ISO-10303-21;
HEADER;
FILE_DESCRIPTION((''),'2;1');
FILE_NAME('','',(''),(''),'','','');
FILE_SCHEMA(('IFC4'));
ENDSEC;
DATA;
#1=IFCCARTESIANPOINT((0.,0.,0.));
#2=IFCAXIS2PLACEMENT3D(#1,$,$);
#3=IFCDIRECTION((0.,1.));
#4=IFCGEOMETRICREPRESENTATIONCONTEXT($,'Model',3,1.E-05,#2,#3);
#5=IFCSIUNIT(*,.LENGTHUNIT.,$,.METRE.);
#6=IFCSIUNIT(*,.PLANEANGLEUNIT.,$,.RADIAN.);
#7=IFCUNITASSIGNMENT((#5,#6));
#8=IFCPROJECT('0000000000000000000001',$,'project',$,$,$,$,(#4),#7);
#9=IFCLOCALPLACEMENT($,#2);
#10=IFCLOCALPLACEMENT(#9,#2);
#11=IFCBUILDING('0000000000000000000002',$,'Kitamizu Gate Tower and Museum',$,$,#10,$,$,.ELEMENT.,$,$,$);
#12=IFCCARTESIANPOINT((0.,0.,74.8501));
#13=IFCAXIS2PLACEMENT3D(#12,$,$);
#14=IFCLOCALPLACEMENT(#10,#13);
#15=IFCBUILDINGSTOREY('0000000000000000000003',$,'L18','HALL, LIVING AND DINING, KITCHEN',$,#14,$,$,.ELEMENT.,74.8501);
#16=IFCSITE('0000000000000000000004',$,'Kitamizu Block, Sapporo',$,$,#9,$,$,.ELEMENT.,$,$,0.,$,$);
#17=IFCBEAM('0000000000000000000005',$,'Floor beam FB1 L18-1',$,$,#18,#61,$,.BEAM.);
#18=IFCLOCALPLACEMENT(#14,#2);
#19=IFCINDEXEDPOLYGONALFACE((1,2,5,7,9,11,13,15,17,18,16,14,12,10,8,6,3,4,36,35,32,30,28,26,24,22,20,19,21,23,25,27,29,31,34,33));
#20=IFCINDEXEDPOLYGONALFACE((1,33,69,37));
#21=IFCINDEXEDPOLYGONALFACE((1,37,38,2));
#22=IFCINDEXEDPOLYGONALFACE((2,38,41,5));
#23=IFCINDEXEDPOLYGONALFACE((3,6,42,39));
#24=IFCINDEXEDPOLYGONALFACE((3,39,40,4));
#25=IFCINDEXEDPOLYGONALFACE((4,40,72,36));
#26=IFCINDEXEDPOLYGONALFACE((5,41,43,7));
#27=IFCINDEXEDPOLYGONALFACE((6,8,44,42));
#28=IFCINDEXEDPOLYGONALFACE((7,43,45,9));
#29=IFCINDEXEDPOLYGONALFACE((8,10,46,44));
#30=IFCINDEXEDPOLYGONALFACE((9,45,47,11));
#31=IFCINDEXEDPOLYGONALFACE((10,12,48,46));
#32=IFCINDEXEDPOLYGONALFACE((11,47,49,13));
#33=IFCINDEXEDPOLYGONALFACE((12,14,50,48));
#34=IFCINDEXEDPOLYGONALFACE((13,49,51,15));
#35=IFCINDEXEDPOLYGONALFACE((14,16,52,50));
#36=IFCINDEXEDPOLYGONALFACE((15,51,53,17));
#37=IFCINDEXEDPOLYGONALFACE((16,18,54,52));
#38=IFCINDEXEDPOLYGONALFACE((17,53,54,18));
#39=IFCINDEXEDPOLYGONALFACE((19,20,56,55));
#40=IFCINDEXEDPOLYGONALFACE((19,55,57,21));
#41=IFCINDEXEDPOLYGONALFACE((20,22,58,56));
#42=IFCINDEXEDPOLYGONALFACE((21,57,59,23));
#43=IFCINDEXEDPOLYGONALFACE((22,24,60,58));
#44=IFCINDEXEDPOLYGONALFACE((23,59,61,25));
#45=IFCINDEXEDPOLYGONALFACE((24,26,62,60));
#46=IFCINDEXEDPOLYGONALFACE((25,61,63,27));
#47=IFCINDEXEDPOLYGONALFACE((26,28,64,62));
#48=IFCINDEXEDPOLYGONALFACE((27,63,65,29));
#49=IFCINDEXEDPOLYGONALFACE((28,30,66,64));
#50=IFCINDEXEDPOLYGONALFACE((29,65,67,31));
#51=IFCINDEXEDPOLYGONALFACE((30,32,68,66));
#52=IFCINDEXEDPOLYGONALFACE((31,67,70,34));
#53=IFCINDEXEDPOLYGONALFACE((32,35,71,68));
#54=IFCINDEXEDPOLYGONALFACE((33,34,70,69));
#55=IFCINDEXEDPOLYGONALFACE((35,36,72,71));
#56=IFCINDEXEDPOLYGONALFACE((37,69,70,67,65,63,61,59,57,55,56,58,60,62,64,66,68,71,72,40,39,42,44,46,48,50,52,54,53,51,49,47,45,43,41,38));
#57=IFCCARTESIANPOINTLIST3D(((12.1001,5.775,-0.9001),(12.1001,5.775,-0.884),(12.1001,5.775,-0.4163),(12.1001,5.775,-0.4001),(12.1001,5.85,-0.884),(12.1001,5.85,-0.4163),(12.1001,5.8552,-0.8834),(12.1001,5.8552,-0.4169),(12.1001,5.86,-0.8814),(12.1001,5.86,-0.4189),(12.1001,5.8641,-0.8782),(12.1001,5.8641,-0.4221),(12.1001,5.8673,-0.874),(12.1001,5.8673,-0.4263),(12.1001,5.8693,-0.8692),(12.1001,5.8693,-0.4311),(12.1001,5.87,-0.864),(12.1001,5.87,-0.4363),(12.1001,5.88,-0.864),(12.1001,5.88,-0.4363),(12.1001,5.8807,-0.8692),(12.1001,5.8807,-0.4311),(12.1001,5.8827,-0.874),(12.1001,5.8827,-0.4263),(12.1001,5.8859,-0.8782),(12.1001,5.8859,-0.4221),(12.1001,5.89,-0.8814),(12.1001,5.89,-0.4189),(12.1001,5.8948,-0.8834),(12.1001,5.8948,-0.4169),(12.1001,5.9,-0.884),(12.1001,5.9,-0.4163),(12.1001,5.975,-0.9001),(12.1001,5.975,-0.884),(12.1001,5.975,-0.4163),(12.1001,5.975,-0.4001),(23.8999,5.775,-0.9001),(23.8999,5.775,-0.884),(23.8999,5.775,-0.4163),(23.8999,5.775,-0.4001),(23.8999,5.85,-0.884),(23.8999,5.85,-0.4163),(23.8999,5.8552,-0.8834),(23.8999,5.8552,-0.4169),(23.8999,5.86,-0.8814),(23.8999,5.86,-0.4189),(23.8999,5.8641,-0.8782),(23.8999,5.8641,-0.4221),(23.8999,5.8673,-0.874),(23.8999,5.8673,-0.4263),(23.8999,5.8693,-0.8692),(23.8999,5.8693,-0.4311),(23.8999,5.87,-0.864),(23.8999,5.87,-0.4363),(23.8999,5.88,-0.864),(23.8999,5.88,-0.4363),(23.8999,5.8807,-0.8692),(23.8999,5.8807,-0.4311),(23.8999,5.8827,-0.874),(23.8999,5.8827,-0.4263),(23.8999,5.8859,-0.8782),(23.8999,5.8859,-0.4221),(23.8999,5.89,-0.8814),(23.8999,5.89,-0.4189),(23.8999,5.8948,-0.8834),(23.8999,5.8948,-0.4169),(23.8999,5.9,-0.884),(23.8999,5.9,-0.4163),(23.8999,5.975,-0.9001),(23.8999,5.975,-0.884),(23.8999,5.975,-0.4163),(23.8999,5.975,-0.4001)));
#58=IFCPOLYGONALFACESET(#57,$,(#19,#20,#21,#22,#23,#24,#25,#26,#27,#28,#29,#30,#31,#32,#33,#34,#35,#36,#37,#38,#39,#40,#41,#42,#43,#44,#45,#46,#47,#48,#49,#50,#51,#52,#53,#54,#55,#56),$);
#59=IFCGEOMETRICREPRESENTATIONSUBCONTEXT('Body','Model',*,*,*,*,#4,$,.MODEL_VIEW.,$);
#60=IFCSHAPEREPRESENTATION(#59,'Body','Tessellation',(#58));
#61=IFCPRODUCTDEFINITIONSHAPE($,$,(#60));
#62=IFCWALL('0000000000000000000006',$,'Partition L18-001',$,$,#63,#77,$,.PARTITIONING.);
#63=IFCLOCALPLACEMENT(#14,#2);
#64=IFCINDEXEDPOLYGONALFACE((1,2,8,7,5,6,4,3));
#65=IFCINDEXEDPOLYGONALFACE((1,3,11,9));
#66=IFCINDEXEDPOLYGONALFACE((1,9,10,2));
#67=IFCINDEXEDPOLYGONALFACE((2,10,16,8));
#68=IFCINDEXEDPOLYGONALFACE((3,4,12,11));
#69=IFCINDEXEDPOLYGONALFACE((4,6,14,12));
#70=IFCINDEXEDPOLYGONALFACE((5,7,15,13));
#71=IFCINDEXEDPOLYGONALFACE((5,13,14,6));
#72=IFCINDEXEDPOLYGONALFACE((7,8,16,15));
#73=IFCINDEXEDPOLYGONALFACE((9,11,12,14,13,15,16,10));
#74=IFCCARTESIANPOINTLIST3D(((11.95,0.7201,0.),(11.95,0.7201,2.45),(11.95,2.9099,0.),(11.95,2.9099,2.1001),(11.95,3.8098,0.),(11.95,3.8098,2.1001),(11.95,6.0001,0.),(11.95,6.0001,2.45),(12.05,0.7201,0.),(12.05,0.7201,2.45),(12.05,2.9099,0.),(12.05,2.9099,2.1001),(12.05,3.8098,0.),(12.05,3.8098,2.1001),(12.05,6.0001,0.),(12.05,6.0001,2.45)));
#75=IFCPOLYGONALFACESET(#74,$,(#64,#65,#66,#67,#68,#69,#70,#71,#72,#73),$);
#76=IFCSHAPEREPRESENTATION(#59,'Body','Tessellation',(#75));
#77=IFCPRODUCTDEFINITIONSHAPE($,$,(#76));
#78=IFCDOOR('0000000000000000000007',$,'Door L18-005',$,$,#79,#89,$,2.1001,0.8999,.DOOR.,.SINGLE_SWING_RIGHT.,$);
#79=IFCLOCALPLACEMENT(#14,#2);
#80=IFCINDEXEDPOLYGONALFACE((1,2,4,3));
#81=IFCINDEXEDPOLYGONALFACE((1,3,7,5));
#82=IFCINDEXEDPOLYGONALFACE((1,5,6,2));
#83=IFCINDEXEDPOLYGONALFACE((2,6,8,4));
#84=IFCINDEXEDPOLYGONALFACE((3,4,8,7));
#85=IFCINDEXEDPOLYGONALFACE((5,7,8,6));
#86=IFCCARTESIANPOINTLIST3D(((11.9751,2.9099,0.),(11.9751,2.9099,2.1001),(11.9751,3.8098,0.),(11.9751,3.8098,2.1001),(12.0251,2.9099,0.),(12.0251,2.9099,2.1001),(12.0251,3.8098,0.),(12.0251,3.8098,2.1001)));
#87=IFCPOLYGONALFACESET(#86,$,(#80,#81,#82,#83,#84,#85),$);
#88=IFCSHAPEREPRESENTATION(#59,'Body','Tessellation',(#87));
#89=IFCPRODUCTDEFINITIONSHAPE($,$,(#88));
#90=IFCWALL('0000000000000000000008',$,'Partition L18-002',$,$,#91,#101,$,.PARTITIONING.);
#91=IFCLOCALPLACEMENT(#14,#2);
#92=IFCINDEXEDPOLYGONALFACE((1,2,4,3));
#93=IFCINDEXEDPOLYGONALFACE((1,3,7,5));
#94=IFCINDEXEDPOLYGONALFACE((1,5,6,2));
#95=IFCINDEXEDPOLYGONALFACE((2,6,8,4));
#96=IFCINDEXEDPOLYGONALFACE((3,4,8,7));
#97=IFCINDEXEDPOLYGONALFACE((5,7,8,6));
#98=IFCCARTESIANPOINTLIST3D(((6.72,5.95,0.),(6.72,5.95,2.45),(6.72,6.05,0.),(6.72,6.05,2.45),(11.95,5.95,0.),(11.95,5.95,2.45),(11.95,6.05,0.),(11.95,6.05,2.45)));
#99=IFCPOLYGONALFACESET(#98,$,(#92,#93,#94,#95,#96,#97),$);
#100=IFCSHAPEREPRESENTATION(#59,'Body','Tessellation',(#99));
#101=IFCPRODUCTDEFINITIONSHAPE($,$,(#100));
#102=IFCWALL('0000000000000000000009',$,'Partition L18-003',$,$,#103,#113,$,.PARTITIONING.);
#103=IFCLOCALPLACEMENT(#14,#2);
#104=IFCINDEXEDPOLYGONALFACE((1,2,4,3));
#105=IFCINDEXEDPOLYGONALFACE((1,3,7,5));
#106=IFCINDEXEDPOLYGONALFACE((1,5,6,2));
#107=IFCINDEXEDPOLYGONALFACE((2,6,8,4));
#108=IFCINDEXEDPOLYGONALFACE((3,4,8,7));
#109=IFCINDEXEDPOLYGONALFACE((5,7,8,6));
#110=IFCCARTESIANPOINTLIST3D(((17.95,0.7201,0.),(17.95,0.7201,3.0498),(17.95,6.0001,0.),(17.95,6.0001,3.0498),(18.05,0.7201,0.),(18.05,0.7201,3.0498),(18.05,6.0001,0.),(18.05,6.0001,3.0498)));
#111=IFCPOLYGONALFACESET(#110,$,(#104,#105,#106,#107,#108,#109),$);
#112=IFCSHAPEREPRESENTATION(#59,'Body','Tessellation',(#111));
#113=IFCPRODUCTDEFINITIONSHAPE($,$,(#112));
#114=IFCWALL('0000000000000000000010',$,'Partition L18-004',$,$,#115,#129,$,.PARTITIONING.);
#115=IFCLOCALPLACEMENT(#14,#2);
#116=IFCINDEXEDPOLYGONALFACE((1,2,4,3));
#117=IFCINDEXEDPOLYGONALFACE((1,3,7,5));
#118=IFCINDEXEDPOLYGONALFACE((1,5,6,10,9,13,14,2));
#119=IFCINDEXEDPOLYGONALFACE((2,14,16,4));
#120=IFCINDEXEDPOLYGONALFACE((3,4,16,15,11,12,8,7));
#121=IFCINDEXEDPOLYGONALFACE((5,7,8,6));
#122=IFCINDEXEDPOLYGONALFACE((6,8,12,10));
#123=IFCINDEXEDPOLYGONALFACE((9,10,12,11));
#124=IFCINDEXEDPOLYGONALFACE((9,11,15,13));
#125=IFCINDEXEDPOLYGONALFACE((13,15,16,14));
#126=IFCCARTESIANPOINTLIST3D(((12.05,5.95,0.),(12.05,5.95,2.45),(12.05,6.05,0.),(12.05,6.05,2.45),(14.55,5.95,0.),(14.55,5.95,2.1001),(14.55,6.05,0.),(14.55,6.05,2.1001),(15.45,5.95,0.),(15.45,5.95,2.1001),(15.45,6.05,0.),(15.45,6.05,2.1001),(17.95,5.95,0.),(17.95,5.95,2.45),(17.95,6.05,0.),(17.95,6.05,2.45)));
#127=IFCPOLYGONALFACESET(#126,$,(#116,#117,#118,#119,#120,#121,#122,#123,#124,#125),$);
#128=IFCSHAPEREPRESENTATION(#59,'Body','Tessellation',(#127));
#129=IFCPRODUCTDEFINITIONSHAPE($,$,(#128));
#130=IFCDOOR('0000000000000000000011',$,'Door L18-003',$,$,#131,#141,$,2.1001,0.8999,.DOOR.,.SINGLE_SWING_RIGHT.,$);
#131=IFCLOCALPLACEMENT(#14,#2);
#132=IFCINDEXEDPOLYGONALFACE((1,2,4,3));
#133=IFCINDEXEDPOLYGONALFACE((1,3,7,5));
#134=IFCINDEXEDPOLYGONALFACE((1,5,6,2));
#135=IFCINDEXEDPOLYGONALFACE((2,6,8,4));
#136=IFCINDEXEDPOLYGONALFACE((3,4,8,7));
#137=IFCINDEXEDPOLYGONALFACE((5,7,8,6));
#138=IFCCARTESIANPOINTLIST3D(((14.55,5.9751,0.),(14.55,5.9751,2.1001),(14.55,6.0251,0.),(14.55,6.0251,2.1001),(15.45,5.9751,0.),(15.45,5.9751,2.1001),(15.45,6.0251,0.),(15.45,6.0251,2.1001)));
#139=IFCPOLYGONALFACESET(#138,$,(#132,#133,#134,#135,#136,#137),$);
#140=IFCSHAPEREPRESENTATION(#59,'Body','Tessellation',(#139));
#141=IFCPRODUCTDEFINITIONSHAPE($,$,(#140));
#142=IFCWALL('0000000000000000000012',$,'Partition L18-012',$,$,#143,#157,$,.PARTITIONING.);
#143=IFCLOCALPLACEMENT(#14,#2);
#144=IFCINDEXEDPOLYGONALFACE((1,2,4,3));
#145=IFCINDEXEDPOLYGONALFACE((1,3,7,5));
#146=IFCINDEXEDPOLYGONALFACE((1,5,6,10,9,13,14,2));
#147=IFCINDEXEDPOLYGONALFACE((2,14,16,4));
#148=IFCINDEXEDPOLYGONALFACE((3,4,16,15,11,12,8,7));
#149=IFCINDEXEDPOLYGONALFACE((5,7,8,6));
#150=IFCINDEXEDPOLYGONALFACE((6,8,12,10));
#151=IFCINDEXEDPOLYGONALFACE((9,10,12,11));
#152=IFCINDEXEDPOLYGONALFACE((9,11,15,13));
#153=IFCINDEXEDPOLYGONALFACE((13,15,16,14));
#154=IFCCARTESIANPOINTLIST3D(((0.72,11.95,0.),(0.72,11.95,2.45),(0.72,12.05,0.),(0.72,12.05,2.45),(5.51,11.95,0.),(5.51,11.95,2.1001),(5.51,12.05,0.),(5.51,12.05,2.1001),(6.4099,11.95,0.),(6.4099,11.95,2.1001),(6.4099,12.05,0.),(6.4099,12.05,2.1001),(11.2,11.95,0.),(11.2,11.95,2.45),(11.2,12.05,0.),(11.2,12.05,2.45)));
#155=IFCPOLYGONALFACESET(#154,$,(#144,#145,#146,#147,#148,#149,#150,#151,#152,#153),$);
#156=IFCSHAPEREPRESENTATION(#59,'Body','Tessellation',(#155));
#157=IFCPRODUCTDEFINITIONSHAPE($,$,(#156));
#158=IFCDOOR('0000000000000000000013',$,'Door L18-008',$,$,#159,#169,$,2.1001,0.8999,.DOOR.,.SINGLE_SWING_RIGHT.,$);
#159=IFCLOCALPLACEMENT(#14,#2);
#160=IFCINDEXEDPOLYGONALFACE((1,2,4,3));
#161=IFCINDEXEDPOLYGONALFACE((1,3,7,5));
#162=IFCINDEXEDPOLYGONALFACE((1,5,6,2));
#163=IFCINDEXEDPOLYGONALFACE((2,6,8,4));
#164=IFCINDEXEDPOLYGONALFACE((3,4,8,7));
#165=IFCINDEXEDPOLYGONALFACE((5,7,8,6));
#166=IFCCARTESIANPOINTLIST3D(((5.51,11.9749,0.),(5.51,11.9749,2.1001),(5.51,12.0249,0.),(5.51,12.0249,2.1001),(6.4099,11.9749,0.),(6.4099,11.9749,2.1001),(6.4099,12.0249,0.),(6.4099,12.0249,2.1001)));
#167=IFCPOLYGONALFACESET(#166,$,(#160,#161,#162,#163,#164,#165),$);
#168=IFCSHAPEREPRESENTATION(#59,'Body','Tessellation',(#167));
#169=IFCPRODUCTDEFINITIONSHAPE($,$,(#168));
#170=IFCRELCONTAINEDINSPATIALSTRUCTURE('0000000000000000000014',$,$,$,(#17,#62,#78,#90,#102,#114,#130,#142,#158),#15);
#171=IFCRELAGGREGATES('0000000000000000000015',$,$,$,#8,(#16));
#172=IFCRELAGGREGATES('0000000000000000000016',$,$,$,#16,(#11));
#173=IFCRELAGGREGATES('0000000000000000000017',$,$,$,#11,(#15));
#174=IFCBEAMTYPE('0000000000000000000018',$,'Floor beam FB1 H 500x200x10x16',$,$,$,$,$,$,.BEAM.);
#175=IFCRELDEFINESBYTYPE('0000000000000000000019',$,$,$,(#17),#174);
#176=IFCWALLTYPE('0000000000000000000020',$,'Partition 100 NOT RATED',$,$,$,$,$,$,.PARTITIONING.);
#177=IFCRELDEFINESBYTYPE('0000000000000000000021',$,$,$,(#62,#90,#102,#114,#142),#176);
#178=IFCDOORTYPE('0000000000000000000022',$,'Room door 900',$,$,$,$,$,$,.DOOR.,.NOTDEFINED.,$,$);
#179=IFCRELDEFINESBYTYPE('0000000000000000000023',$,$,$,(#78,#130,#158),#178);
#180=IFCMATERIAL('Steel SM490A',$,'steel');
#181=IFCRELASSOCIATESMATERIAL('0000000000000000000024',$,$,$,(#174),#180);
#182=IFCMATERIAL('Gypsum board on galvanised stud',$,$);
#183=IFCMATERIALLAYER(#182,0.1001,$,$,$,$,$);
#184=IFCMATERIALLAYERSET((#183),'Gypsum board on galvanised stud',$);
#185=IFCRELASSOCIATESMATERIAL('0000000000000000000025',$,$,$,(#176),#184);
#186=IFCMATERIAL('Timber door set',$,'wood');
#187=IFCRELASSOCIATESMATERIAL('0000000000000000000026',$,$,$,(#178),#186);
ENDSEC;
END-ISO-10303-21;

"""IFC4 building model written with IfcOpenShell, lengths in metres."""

from ifc_helpers import new_model, si_unit, direction, frame, frame_2d, origin, origin_2d, place, context, subcontext, project, spatial, rectangle, i_section, extrude, material, layer, layer_set, material_profile, profile_set, type_object, element, fill, save


model = new_model("IFC4")

# Units and contexts
model_context = context("Model", 3, precision=1e-05, world=origin(), true_north=direction((0.0, 1.0)))
body_context = subcontext(model_context, "Body", "Model", "MODEL_VIEW")
ifc_project = project(units=[si_unit("LENGTHUNIT", "METRE"), si_unit("PLANEANGLEUNIT", "RADIAN")], contexts=[model_context])

# Site, building, storey
site_placement = place(None, origin())
site = spatial("IfcSite", under=ifc_project, at=site_placement, Name="Kitamizu Block, Sapporo", CompositionType="ELEMENT", RefElevation=0.0)
building_placement = place(site_placement, origin())
building = spatial("IfcBuilding", under=site, at=building_placement, Name="Kitamizu Gate Tower and Museum", CompositionType="ELEMENT")
storey_placement = place(building_placement, frame((0.0, 0.0, 74.8501)))
storey = spatial("IfcBuildingStorey", under=building, at=storey_placement, Name="L18", Description="HALL, LIVING AND DINING, KITCHEN", CompositionType="ELEMENT", Elevation=74.8501)

# Beam
ifc_material_1 = material(Name="Steel SM490A", Category="steel")
ifc_material_profile = material_profile(ifc_material_1, i_section(OverallWidth=0.2, OverallDepth=0.5, WebThickness=0.01, FlangeThickness=0.0161, FilletRadius=0.02, at=origin_2d()), Name="H-500x200x10x16")
ifc_profile_set = profile_set([ifc_material_profile], Name="Steel SM490A")
beam_type = type_object("IfcBeamType", Name="Floor beam FB1 H 500x200x10x16", PredefinedType="BEAM", material=ifc_profile_set)
beam_placement = place(storey_placement, frame((12.1001, 5.875, -0.6501), z_axis=(1.0, 0.0, 0.0), x_axis=(0.0, 1.0, 0.0)))
element("IfcBeam", 1, at=beam_placement, inside=storey, type_object=beam_type, Name="Floor beam FB1 L18-1", PredefinedType="BEAM", context=body_context, shape_type="SweptSolid", body=[
    extrude(i_section(OverallWidth=0.2, OverallDepth=0.5, WebThickness=0.01, FlangeThickness=0.0161, FilletRadius=0.02, at=origin_2d()), origin(), (0.0, 0.0, 1.0), 11.7998),
])

# Wall, opening, door
ifc_material_2 = material(Name="Gypsum board on galvanised stud")
ifc_layer = layer(ifc_material_2, 0.1001)
ifc_layer_set = layer_set([ifc_layer], Name="Gypsum board on galvanised stud")
wall_type = type_object("IfcWallType", Name="Partition 100 NOT RATED", PredefinedType="PARTITIONING", material=ifc_layer_set)
wall_1_placement = place(storey_placement, frame((12.0, 0.72, 0.0), z_axis=(0.0, 0.0, 1.0), x_axis=(0.0, 1.0, 0.0)))
wall_1 = element("IfcWall", 2, at=wall_1_placement, inside=storey, type_object=wall_type, Name="Partition L18-001", PredefinedType="PARTITIONING", context=body_context, shape_type="SweptSolid", body=[
    extrude(rectangle(XDim=5.28, YDim=0.1001, at=frame_2d((2.6401, 0.0))), origin(), (0.0, 0.0, 1.0), 2.45),
])
opening_1_placement = place(wall_1_placement, frame((2.1899, 0.0, 0.0)))
opening_1 = element("IfcOpeningElement", 3, at=opening_1_placement, cuts=wall_1, PredefinedType="OPENING", context=body_context, shape_type="SweptSolid", body=[
    extrude(rectangle(XDim=0.8999, YDim=2.1001, at=frame_2d((0.45, 1.05))), frame((0.0, 0.0601, 0.0), z_axis=(0.0, -1.0, 0.0), x_axis=(1.0, 0.0, 0.0)), (0.0, 0.0, 1.0), 0.1201),
])
ifc_material_3 = material(Name="Timber door set", Category="wood")
door_type = type_object("IfcDoorType", Name="Room door 900", OperationType="NOTDEFINED", PredefinedType="DOOR", material=ifc_material_3)
door_1_placement = place(opening_1_placement, origin())
door_1 = element("IfcDoor", 4, at=door_1_placement, inside=storey, type_object=door_type, Name="Door L18-005", OperationType="SINGLE_SWING_RIGHT", OverallHeight=2.1001, OverallWidth=0.8999, PredefinedType="DOOR", context=body_context, shape_type="SweptSolid", body=[
    extrude(rectangle(XDim=0.8999, YDim=2.1001, at=frame_2d((0.45, 1.05))), frame((0.0, 0.0249, 0.0), z_axis=(0.0, -1.0, 0.0), x_axis=(1.0, 0.0, 0.0)), (0.0, 0.0, 1.0), 0.05),
])
fill(opening_1, door_1)

# Walls
wall_2_placement = place(storey_placement, frame((11.95, 6.0, 0.0), z_axis=(0.0, 0.0, 1.0), x_axis=(-1.0, 0.0, 0.0)))
element("IfcWall", 5, at=wall_2_placement, inside=storey, type_object=wall_type, Name="Partition L18-002", PredefinedType="PARTITIONING", context=body_context, shape_type="SweptSolid", body=[
    extrude(rectangle(XDim=5.23, YDim=0.1001, at=frame_2d((2.615, 0.0))), origin(), (0.0, 0.0, 1.0), 2.45),
])
wall_3_placement = place(storey_placement, frame((18.0, 0.72, 0.0), z_axis=(0.0, 0.0, 1.0), x_axis=(0.0, 1.0, 0.0)))
element("IfcWall", 6, at=wall_3_placement, inside=storey, type_object=wall_type, Name="Partition L18-003", PredefinedType="PARTITIONING", context=body_context, shape_type="SweptSolid", body=[
    extrude(rectangle(XDim=5.28, YDim=0.1001, at=frame_2d((2.6401, 0.0))), origin(), (0.0, 0.0, 1.0), 3.0498),
])

# Walls, openings, doors
wall_4_placement = place(storey_placement, frame((17.95, 6.0, 0.0), z_axis=(0.0, 0.0, 1.0), x_axis=(-1.0, 0.0, 0.0)))
wall_4 = element("IfcWall", 7, at=wall_4_placement, inside=storey, type_object=wall_type, Name="Partition L18-004", PredefinedType="PARTITIONING", context=body_context, shape_type="SweptSolid", body=[
    extrude(rectangle(XDim=5.8999, YDim=0.1001, at=frame_2d((2.95, 0.0))), origin(), (0.0, 0.0, 1.0), 2.45),
])
opening_2_placement = place(wall_4_placement, frame((2.5, 0.0, 0.0)))
opening_2 = element("IfcOpeningElement", 8, at=opening_2_placement, cuts=wall_4, PredefinedType="OPENING", context=body_context, shape_type="SweptSolid", body=[
    extrude(rectangle(XDim=0.8999, YDim=2.1001, at=frame_2d((0.45, 1.05))), frame((0.0, 0.0601, 0.0), z_axis=(0.0, -1.0, 0.0), x_axis=(1.0, 0.0, 0.0)), (0.0, 0.0, 1.0), 0.1201),
])
door_2_placement = place(opening_2_placement, origin())
door_2 = element("IfcDoor", 9, at=door_2_placement, inside=storey, type_object=door_type, Name="Door L18-003", OperationType="SINGLE_SWING_RIGHT", OverallHeight=2.1001, OverallWidth=0.8999, PredefinedType="DOOR", context=body_context, shape_type="SweptSolid", body=[
    extrude(rectangle(XDim=0.8999, YDim=2.1001, at=frame_2d((0.45, 1.05))), frame((0.0, 0.0249, 0.0), z_axis=(0.0, -1.0, 0.0), x_axis=(1.0, 0.0, 0.0)), (0.0, 0.0, 1.0), 0.05),
])
fill(opening_2, door_2)
wall_5_placement = place(storey_placement, frame((11.2, 12.0, 0.0), z_axis=(0.0, 0.0, 1.0), x_axis=(-1.0, 0.0, 0.0)))
wall_5 = element("IfcWall", 10, at=wall_5_placement, inside=storey, type_object=wall_type, Name="Partition L18-012", PredefinedType="PARTITIONING", context=body_context, shape_type="SweptSolid", body=[
    extrude(rectangle(XDim=10.48, YDim=0.1001, at=frame_2d((5.24, 0.0))), origin(), (0.0, 0.0, 1.0), 2.45),
])
opening_3_placement = place(wall_5_placement, frame((4.79, 0.0, 0.0)))
opening_3 = element("IfcOpeningElement", 11, at=opening_3_placement, cuts=wall_5, PredefinedType="OPENING", context=body_context, shape_type="SweptSolid", body=[
    extrude(rectangle(XDim=0.8999, YDim=2.1001, at=frame_2d((0.45, 1.05))), frame((0.0, 0.0601, 0.0), z_axis=(0.0, -1.0, 0.0), x_axis=(1.0, 0.0, 0.0)), (0.0, 0.0, 1.0), 0.1201),
])
door_3_placement = place(opening_3_placement, frame((0.8999, 0.0, 0.0), x_axis=(-1.0, 0.0, 0.0)))
door_3 = element("IfcDoor", 12, at=door_3_placement, inside=storey, type_object=door_type, Name="Door L18-008", OperationType="SINGLE_SWING_RIGHT", OverallHeight=2.1001, OverallWidth=0.8999, PredefinedType="DOOR", context=body_context, shape_type="SweptSolid", body=[
    extrude(rectangle(XDim=0.8999, YDim=2.1001, at=frame_2d((0.45, 1.05))), frame((0.0, 0.0249, 0.0), z_axis=(0.0, -1.0, 0.0), x_axis=(1.0, 0.0, 0.0)), (0.0, 0.0, 1.0), 0.05),
])
fill(opening_3, door_3)

save(model, "model.ifc")
